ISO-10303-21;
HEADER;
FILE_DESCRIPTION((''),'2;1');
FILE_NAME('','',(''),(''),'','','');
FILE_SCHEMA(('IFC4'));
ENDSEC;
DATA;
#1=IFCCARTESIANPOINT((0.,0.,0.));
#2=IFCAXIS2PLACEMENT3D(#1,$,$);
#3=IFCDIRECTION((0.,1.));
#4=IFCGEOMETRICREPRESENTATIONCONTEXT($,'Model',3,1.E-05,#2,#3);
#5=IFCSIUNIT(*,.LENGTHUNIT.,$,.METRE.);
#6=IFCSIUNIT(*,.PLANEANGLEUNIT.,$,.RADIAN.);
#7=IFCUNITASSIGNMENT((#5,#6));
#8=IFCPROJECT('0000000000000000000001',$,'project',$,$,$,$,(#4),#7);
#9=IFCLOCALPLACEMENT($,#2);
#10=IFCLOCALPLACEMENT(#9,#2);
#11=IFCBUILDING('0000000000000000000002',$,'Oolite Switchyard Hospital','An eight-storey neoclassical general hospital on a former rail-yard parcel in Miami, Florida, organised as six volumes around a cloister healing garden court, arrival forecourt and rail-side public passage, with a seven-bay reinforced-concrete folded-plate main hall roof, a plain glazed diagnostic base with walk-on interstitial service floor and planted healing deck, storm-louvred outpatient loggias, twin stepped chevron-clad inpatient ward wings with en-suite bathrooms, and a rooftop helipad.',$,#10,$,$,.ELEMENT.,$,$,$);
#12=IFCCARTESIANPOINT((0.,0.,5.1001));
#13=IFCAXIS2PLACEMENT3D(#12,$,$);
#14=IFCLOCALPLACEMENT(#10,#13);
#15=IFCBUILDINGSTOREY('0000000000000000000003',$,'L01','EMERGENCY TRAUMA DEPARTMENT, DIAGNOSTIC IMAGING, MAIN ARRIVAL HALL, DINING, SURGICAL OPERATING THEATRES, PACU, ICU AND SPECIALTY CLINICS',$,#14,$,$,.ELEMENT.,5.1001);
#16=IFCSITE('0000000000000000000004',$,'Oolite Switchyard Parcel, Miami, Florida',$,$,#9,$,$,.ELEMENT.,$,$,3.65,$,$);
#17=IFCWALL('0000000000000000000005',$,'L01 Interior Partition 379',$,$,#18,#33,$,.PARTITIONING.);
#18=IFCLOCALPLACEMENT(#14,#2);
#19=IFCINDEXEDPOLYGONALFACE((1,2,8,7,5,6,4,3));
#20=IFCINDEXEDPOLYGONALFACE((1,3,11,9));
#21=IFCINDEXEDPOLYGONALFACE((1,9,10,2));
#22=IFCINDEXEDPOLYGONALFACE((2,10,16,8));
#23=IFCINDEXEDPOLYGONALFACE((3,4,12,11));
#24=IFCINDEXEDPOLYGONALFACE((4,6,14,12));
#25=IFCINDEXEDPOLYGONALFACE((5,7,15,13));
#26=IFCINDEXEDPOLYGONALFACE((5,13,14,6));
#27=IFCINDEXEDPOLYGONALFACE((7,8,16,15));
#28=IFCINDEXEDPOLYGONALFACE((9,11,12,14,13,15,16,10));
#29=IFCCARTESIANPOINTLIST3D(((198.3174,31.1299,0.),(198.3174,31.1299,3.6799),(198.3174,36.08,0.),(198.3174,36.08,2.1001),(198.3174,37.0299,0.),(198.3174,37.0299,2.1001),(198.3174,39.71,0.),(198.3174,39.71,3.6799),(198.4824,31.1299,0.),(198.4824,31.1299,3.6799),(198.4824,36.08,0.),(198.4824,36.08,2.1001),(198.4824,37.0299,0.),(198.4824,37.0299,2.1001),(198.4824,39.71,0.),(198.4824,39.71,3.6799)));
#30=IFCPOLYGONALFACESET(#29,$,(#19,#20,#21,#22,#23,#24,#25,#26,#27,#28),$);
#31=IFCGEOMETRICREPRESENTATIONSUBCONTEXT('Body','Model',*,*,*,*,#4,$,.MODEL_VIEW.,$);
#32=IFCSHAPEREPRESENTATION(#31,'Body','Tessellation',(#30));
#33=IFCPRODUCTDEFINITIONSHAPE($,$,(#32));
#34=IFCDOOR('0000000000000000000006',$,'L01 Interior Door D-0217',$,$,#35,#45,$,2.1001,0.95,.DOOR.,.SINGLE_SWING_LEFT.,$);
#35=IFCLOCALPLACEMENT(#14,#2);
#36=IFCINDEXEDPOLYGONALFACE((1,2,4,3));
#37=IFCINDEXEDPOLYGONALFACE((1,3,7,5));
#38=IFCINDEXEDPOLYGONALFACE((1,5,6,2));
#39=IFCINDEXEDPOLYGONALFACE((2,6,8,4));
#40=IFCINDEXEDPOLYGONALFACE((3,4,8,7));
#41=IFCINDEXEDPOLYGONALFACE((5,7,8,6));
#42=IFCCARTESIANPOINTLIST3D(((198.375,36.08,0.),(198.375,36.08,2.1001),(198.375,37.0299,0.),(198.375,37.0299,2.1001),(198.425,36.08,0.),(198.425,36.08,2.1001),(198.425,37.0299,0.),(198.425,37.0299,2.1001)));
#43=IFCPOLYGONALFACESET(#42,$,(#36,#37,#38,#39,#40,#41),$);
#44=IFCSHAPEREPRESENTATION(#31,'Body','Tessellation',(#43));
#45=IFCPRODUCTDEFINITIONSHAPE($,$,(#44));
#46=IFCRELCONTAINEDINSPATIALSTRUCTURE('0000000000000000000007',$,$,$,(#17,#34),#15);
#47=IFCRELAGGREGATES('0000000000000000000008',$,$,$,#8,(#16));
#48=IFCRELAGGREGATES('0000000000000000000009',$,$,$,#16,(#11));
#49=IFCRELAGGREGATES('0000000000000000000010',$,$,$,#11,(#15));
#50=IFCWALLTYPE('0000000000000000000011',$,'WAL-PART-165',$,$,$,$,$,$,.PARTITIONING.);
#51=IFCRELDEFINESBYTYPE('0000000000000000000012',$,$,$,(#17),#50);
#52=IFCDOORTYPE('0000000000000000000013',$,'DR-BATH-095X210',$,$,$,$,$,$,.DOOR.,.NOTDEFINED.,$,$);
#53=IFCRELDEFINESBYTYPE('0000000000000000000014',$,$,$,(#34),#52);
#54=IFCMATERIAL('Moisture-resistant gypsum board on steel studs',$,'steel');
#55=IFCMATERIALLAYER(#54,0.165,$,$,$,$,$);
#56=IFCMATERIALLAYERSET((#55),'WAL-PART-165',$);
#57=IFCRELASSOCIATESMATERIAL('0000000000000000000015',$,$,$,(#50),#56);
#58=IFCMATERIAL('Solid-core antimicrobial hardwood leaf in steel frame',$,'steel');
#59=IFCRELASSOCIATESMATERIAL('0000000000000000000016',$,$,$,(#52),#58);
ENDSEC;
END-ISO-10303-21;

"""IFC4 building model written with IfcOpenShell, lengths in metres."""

from ifc_helpers import new_model, si_unit, direction, frame, frame_2d, origin, place, context, subcontext, project, spatial, rectangle, extrude, material, layer, layer_set, type_object, element, fill, save


model = new_model("IFC4")

# Units and contexts
model_context = context("Model", 3, precision=1e-05, world=origin(), true_north=direction((0.0, 1.0)))
body_context = subcontext(model_context, "Body", "Model", "MODEL_VIEW")
ifc_project = project(units=[si_unit("LENGTHUNIT", "METRE"), si_unit("PLANEANGLEUNIT", "RADIAN")], contexts=[model_context])

# Site, building, storey
site_placement = place(None, origin())
site = spatial("IfcSite", under=ifc_project, at=site_placement, Name="Oolite Switchyard Parcel, Miami, Florida", CompositionType="ELEMENT", RefElevation=3.65)
building_placement = place(site_placement, origin())
building = spatial("IfcBuilding", under=site, at=building_placement, Name="Oolite Switchyard Hospital", Description="An eight-storey neoclassical general hospital on a former rail-yard parcel in Miami, Florida, organised as six volumes around a cloister healing garden court, arrival forecourt and rail-side public passage, with a seven-bay reinforced-concrete folded-plate main hall roof, a plain glazed diagnostic base with walk-on interstitial service floor and planted healing deck, storm-louvred outpatient loggias, twin stepped chevron-clad inpatient ward wings with en-suite bathrooms, and a rooftop helipad.", CompositionType="ELEMENT")
storey_placement = place(building_placement, frame((0.0, 0.0, 5.1001)))
storey = spatial("IfcBuildingStorey", under=building, at=storey_placement, Name="L01", Description="EMERGENCY TRAUMA DEPARTMENT, DIAGNOSTIC IMAGING, MAIN ARRIVAL HALL, DINING, SURGICAL OPERATING THEATRES, PACU, ICU AND SPECIALTY CLINICS", CompositionType="ELEMENT", Elevation=5.1001)

# Shared definitions
ifc_material_1 = material(Name="Moisture-resistant gypsum board on steel studs", Category="steel")

# Wall, opening, door
ifc_layer_1 = layer(ifc_material_1, 0.165)
ifc_layer_set_1 = layer_set([ifc_layer_1], Name="WAL-PART-165")
wall_type_1 = type_object("IfcWallType", Name="WAL-PART-165", PredefinedType="PARTITIONING", material=ifc_layer_set_1)
wall_1_placement = place(storey_placement, frame((198.3999, 31.1299, 0.0), z_axis=(0.0, 0.0, 1.0), x_axis=(0.0, 1.0, 0.0)))
wall_1 = element("IfcWall", 1, at=wall_1_placement, inside=storey, type_object=wall_type_1, Name="L01 Interior Partition 379", PredefinedType="PARTITIONING", context=body_context, shape_type="SweptSolid", body=[
    extrude(rectangle(XDim=8.5801, YDim=0.165, at=frame_2d((4.29, 0.0))), origin(), (0.0, 0.0, 1.0), 3.6799),
])
opening_placement = place(wall_1_placement, frame((4.95, 0.0, 0.0)))
opening = element("IfcOpeningElement", 2, at=opening_placement, cuts=wall_1, PredefinedType="OPENING", context=body_context, shape_type="SweptSolid", body=[
    extrude(rectangle(XDim=0.95, YDim=2.1001, at=frame_2d((0.4751, 1.05))), frame((0.0, 0.0925, 0.0), z_axis=(0.0, -1.0, 0.0), x_axis=(1.0, 0.0, 0.0)), (0.0, 0.0, 1.0), 0.1851),
])
ifc_material_2 = material(Name="Solid-core antimicrobial hardwood leaf in steel frame", Category="steel")
door_type = type_object("IfcDoorType", Name="DR-BATH-095X210", OperationType="NOTDEFINED", PredefinedType="DOOR", material=ifc_material_2)
door_placement = place(opening_placement, origin())
door = element("IfcDoor", 3, at=door_placement, inside=storey, type_object=door_type, Name="L01 Interior Door D-0217", OperationType="SINGLE_SWING_LEFT", OverallHeight=2.1001, OverallWidth=0.95, PredefinedType="DOOR", context=body_context, shape_type="SweptSolid", body=[
    extrude(rectangle(XDim=0.95, YDim=2.1001, at=frame_2d((0.4751, 1.05))), frame((0.0, 0.0249, 0.0), z_axis=(0.0, -1.0, 0.0), x_axis=(1.0, 0.0, 0.0)), (0.0, 0.0, 1.0), 0.05),
])
fill(opening, door)

save(model, "model.ifc")
